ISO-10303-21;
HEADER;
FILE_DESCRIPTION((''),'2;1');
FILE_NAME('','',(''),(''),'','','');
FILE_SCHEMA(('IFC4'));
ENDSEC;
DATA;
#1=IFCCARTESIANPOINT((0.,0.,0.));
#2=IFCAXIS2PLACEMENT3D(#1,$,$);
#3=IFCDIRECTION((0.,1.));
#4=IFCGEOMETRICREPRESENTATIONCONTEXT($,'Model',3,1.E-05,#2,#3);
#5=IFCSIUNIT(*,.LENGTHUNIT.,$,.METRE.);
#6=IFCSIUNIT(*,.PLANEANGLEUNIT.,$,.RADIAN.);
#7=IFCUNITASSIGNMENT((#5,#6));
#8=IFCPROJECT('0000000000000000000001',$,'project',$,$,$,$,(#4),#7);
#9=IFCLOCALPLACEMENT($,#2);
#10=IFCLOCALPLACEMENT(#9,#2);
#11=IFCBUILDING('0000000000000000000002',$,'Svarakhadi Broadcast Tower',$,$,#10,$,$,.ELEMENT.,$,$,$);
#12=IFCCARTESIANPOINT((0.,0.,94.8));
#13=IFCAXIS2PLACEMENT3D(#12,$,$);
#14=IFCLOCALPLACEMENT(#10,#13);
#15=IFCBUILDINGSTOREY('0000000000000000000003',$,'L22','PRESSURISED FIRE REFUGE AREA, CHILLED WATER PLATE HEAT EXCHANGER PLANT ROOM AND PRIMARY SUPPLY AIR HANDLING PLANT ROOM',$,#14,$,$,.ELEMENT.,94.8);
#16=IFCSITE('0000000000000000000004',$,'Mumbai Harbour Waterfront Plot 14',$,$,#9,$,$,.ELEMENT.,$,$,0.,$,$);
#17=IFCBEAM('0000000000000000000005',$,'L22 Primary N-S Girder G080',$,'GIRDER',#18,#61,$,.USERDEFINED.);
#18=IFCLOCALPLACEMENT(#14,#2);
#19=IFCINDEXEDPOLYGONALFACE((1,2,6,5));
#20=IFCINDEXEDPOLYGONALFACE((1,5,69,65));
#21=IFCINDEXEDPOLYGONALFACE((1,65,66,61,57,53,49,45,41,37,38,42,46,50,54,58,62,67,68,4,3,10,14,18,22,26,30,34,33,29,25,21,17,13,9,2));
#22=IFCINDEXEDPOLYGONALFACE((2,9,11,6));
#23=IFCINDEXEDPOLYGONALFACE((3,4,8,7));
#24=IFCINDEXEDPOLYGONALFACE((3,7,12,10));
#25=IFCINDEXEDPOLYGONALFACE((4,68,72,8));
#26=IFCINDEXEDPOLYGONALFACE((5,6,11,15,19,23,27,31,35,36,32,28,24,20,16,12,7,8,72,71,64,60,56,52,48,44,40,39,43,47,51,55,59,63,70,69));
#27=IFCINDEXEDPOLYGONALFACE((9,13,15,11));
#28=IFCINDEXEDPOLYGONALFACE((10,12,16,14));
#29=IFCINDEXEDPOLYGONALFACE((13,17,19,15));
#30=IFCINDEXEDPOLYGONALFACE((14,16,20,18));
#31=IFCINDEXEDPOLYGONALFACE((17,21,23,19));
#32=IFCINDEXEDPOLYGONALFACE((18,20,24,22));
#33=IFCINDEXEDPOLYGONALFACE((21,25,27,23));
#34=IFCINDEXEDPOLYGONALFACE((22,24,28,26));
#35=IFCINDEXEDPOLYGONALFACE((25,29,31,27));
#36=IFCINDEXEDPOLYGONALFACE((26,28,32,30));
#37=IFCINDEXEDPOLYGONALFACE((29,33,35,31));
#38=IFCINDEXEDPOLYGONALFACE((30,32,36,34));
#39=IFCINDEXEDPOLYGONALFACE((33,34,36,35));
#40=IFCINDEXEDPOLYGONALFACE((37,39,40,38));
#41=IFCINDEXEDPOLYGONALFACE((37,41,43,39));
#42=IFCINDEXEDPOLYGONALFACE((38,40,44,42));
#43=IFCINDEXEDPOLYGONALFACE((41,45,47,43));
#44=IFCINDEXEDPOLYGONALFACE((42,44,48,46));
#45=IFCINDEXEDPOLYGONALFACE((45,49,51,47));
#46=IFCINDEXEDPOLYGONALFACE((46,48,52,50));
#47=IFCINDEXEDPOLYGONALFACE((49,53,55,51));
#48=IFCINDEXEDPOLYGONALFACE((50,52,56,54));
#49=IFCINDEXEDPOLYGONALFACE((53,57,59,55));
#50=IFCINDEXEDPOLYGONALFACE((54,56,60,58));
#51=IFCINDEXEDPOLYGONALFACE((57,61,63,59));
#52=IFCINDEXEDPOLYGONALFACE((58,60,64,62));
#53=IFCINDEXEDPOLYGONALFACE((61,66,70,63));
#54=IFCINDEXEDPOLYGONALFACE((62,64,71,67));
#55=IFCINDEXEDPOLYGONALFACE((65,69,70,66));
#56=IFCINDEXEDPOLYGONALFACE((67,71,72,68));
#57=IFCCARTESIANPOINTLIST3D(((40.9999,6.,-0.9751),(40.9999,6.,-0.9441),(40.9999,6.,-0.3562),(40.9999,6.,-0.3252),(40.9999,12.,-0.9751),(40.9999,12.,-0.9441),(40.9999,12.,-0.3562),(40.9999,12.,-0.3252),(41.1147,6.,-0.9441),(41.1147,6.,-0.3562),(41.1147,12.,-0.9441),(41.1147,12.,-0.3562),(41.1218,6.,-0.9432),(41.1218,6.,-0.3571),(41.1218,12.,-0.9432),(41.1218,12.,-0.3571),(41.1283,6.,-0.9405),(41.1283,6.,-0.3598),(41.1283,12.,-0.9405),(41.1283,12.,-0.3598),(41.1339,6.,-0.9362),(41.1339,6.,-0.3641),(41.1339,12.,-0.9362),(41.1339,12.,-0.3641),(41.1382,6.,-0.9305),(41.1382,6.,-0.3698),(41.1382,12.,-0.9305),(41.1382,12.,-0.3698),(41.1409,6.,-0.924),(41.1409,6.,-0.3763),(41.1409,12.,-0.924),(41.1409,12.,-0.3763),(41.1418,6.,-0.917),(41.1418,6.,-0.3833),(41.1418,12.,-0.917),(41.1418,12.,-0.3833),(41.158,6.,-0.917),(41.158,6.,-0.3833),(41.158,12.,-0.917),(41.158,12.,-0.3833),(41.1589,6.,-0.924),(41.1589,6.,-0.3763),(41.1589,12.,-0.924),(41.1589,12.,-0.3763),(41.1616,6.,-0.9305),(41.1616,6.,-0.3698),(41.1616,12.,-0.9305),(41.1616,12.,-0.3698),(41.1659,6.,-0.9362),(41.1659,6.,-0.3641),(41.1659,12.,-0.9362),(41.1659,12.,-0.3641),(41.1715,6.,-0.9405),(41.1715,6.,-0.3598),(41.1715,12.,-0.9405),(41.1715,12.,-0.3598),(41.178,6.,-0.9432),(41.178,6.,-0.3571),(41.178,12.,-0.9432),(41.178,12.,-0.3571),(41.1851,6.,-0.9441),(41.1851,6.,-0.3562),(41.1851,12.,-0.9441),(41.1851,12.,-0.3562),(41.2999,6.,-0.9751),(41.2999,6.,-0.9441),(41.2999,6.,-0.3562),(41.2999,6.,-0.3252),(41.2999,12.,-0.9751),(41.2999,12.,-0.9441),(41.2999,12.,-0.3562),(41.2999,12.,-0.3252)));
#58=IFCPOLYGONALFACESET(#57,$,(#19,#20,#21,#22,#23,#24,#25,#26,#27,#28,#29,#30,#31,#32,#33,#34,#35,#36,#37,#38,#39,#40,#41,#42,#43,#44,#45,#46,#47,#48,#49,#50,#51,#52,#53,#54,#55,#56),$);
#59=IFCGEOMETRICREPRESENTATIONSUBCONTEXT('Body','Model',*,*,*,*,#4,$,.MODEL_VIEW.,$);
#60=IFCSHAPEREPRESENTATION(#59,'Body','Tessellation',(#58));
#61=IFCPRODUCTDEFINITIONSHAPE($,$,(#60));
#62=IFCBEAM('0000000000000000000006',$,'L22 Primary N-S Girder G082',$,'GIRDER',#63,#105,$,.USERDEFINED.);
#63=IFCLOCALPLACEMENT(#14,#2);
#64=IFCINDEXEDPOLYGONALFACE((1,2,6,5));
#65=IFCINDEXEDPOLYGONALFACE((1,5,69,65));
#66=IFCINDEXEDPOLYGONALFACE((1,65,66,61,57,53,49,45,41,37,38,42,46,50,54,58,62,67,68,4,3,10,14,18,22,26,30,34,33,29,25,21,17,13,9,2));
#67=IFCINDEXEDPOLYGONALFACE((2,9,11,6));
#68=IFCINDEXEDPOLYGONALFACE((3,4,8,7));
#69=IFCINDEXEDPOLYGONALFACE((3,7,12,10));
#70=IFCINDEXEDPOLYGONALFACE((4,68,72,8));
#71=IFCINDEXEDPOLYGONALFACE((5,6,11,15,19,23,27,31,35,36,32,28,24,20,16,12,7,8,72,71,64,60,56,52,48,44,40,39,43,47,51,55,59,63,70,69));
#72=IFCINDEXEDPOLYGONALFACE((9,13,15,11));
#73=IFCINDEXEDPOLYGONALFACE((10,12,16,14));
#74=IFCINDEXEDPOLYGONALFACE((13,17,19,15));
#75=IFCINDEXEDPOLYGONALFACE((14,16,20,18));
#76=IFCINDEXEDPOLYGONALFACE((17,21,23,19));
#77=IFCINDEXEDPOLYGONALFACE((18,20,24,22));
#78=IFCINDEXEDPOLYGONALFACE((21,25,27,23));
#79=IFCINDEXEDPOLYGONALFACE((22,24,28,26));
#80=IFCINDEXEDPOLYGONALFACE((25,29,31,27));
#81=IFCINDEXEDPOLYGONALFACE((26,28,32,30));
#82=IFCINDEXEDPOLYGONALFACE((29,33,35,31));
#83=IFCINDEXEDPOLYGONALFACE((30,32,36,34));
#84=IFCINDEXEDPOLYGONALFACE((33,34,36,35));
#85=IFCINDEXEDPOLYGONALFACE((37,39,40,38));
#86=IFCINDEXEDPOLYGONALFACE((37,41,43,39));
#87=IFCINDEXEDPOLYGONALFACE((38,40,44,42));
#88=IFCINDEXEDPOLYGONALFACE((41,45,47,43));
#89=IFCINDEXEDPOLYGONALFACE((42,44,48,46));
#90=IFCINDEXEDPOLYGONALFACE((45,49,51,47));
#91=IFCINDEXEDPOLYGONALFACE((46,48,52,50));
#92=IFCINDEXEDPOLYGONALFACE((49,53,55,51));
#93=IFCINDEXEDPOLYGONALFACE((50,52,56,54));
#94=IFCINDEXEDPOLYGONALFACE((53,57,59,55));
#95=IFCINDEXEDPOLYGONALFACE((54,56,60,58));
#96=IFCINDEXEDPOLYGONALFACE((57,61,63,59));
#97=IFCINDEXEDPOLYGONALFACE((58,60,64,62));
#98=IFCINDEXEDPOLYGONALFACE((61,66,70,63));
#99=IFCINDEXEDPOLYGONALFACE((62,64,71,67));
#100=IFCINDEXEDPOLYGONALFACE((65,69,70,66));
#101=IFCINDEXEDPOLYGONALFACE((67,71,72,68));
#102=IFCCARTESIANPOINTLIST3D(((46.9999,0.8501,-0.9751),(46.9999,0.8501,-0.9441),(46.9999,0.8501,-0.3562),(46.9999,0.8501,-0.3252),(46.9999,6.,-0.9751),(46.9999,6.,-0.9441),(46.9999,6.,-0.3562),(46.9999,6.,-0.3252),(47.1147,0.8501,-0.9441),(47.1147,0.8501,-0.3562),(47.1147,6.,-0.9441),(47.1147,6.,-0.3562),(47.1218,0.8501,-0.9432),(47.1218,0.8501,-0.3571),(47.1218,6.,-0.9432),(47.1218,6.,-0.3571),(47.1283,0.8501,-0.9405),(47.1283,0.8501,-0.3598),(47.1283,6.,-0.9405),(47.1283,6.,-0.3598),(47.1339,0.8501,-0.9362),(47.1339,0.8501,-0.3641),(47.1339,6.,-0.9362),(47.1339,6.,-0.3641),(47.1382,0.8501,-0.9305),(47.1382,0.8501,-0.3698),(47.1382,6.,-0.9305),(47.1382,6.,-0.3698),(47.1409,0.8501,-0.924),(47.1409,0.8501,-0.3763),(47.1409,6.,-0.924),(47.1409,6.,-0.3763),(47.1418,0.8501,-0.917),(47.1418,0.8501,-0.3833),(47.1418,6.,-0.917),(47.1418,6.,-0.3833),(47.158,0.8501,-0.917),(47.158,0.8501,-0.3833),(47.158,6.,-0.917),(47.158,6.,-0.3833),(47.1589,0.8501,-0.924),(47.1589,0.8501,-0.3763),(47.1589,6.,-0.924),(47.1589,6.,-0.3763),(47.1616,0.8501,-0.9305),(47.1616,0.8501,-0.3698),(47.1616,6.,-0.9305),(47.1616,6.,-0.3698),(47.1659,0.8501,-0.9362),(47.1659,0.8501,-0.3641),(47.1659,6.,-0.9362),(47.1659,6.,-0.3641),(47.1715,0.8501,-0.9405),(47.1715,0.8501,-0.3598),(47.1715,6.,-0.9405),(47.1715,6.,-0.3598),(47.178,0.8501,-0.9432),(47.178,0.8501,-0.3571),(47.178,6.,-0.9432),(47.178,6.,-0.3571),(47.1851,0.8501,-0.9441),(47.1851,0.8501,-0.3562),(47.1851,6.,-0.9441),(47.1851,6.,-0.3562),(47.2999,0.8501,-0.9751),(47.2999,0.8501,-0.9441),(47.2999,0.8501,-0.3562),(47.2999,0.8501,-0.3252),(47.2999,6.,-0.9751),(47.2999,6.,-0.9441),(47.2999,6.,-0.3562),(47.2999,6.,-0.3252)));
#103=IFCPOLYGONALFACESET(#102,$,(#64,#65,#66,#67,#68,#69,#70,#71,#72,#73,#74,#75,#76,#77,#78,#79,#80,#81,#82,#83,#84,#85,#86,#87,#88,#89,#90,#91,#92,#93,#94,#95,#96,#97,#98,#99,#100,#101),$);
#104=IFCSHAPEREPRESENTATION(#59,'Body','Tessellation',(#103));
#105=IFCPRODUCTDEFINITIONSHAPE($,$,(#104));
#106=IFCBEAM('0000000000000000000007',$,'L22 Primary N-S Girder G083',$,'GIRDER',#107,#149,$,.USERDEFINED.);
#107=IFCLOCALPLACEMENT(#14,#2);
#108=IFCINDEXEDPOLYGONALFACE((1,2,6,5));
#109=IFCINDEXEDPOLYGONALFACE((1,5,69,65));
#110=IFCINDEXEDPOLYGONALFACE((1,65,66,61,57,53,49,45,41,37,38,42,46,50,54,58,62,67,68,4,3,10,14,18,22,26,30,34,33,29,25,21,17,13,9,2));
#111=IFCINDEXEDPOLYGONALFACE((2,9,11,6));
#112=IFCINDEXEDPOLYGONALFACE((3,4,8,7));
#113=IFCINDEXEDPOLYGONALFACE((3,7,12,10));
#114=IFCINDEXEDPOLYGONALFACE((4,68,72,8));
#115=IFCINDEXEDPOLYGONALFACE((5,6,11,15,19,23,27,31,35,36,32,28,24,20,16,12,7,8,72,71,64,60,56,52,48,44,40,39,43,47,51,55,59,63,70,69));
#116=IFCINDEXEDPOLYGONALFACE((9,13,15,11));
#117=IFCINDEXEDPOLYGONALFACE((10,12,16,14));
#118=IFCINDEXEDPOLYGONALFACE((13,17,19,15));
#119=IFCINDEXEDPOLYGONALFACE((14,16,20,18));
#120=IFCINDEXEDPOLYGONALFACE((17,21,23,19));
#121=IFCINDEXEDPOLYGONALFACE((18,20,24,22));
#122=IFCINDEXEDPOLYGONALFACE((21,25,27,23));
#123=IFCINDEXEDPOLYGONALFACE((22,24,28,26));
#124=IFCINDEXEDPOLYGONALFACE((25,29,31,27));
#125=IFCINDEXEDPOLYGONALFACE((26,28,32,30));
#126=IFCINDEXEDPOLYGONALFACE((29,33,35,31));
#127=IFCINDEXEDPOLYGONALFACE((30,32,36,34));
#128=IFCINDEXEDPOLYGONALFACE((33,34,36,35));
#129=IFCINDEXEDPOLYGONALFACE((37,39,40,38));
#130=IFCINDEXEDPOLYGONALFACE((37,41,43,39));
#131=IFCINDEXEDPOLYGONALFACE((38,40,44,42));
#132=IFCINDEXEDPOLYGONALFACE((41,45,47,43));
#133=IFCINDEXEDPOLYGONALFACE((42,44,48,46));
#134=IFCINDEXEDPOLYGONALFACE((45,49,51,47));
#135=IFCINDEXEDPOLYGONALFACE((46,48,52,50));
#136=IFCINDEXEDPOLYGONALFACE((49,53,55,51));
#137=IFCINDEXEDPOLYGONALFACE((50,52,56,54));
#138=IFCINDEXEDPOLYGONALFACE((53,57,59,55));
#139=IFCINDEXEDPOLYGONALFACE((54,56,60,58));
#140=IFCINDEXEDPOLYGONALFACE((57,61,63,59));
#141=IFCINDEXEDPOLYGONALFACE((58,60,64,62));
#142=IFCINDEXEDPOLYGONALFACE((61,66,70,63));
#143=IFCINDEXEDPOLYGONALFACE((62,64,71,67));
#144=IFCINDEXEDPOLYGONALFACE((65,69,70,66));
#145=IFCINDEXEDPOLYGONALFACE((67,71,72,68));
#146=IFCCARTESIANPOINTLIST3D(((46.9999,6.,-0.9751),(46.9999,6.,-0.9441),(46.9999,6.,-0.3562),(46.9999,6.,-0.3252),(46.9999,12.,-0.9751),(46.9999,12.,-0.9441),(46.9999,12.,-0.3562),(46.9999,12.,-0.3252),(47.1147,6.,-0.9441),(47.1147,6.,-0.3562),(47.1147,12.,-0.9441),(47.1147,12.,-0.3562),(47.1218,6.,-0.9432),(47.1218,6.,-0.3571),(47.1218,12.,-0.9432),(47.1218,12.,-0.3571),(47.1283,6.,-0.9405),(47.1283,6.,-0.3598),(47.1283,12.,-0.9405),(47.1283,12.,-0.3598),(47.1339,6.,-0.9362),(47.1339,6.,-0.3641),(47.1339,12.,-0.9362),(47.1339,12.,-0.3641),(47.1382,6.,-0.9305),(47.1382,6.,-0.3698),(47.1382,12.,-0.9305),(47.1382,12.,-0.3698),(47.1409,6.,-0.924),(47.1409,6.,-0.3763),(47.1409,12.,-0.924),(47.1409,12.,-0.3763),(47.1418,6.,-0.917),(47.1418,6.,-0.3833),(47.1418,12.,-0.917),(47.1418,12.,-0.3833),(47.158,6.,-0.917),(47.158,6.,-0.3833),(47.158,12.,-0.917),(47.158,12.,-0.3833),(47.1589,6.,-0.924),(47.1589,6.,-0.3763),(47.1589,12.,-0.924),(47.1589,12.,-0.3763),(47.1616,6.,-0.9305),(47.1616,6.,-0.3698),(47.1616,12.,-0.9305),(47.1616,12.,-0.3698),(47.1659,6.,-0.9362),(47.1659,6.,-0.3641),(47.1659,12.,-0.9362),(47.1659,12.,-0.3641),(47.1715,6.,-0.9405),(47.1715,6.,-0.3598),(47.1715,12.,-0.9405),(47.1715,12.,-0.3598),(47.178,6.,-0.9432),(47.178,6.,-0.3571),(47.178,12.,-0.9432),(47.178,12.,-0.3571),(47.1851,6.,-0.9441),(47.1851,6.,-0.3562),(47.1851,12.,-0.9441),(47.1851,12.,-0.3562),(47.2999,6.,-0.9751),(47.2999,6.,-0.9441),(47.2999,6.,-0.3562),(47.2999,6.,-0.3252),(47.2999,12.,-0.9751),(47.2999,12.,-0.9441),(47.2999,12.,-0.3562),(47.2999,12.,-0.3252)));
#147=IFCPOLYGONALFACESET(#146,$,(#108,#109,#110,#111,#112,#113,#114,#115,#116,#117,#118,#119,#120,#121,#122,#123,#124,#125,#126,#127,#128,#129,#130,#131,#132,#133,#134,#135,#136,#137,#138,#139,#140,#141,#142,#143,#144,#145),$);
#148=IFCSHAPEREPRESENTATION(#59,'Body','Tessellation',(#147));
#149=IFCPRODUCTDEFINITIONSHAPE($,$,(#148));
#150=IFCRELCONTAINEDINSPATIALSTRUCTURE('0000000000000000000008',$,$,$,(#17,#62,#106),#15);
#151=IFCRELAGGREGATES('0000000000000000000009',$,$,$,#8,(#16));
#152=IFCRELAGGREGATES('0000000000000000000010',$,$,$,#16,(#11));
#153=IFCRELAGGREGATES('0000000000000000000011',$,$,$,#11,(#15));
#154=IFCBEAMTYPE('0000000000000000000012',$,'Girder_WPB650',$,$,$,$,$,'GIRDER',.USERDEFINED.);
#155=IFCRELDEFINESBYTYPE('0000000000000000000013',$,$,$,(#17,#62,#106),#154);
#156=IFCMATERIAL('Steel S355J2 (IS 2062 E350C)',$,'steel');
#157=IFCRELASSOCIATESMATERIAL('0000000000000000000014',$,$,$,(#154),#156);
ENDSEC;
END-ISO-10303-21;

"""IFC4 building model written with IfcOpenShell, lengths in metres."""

from ifc_helpers import new_model, si_unit, direction, frame, origin, origin_2d, place, context, subcontext, project, spatial, i_section, extrude, material, material_profile, profile_set, type_object, element, save


model = new_model("IFC4")

# Units and contexts
model_context = context("Model", 3, precision=1e-05, world=origin(), true_north=direction((0.0, 1.0)))
body_context = subcontext(model_context, "Body", "Model", "MODEL_VIEW")
ifc_project = project(units=[si_unit("LENGTHUNIT", "METRE"), si_unit("PLANEANGLEUNIT", "RADIAN")], contexts=[model_context])

# Site, building, storey
site_placement = place(None, origin())
site = spatial("IfcSite", under=ifc_project, at=site_placement, Name="Mumbai Harbour Waterfront Plot 14", CompositionType="ELEMENT", RefElevation=0.0)
building_placement = place(site_placement, origin())
building = spatial("IfcBuilding", under=site, at=building_placement, Name="Svarakhadi Broadcast Tower", CompositionType="ELEMENT")
storey_placement = place(building_placement, frame((0.0, 0.0, 94.8)))
storey = spatial("IfcBuildingStorey", under=building, at=storey_placement, Name="L22", Description="PRESSURISED FIRE REFUGE AREA, CHILLED WATER PLATE HEAT EXCHANGER PLANT ROOM AND PRIMARY SUPPLY AIR HANDLING PLANT ROOM", CompositionType="ELEMENT", Elevation=94.8)

# Shared definitions
ifc_material_1 = material(Name="Steel S355J2 (IS 2062 E350C)", Category="steel")

# Beams
ifc_material_profile_1 = material_profile(ifc_material_1, i_section(OverallWidth=0.3, OverallDepth=0.6499, WebThickness=0.0161, FlangeThickness=0.031, FilletRadius=0.0271, at=origin_2d()), Name="WPB 650x300x225")
ifc_profile_set_1 = profile_set([ifc_material_profile_1], Name="Steel S355J2 (IS 2062 E350C)")
beam_type_1 = type_object("IfcBeamType", Name="Girder_WPB650", ElementType="GIRDER", PredefinedType="USERDEFINED", material=ifc_profile_set_1)
for number, where, z_axis, x_axis, name in (
    (1, (41.1499, 6.0, -0.6501), (0.0, 1.0, 0.0), (-1.0, 0.0, 0.0), "L22 Primary N-S Girder G080"),
):
    element("IfcBeam", number, at=place(storey_placement, frame(where, z_axis=z_axis, x_axis=x_axis)), inside=storey, type_object=beam_type_1, Name=name, ObjectType="GIRDER", PredefinedType="USERDEFINED", context=body_context, shape_type="SweptSolid", body=[
        extrude(i_section(OverallWidth=0.3, OverallDepth=0.6499, WebThickness=0.0161, FlangeThickness=0.031, FilletRadius=0.0271, at=origin_2d()), origin(), (0.0, 0.0, 1.0), 6.0),
    ])
beam_1_placement = place(storey_placement, frame((47.1499, 0.8501, -0.6501), z_axis=(0.0, 1.0, 0.0), x_axis=(-1.0, 0.0, 0.0)))
element("IfcBeam", 2, at=beam_1_placement, inside=storey, type_object=beam_type_1, Name="L22 Primary N-S Girder G082", ObjectType="GIRDER", PredefinedType="USERDEFINED", context=body_context, shape_type="SweptSolid", body=[
    extrude(i_section(OverallWidth=0.3, OverallDepth=0.6499, WebThickness=0.0161, FlangeThickness=0.031, FilletRadius=0.0271, at=origin_2d()), origin(), (0.0, 0.0, 1.0), 5.1499),
])
beam_2_placement = place(storey_placement, frame((47.1499, 6.0, -0.6501), z_axis=(0.0, 1.0, 0.0), x_axis=(-1.0, 0.0, 0.0)))
element("IfcBeam", 3, at=beam_2_placement, inside=storey, type_object=beam_type_1, Name="L22 Primary N-S Girder G083", ObjectType="GIRDER", PredefinedType="USERDEFINED", context=body_context, shape_type="SweptSolid", body=[
    extrude(i_section(OverallWidth=0.3, OverallDepth=0.6499, WebThickness=0.0161, FlangeThickness=0.031, FilletRadius=0.0271, at=origin_2d()), origin(), (0.0, 0.0, 1.0), 6.0),
])

save(model, "model.ifc")
